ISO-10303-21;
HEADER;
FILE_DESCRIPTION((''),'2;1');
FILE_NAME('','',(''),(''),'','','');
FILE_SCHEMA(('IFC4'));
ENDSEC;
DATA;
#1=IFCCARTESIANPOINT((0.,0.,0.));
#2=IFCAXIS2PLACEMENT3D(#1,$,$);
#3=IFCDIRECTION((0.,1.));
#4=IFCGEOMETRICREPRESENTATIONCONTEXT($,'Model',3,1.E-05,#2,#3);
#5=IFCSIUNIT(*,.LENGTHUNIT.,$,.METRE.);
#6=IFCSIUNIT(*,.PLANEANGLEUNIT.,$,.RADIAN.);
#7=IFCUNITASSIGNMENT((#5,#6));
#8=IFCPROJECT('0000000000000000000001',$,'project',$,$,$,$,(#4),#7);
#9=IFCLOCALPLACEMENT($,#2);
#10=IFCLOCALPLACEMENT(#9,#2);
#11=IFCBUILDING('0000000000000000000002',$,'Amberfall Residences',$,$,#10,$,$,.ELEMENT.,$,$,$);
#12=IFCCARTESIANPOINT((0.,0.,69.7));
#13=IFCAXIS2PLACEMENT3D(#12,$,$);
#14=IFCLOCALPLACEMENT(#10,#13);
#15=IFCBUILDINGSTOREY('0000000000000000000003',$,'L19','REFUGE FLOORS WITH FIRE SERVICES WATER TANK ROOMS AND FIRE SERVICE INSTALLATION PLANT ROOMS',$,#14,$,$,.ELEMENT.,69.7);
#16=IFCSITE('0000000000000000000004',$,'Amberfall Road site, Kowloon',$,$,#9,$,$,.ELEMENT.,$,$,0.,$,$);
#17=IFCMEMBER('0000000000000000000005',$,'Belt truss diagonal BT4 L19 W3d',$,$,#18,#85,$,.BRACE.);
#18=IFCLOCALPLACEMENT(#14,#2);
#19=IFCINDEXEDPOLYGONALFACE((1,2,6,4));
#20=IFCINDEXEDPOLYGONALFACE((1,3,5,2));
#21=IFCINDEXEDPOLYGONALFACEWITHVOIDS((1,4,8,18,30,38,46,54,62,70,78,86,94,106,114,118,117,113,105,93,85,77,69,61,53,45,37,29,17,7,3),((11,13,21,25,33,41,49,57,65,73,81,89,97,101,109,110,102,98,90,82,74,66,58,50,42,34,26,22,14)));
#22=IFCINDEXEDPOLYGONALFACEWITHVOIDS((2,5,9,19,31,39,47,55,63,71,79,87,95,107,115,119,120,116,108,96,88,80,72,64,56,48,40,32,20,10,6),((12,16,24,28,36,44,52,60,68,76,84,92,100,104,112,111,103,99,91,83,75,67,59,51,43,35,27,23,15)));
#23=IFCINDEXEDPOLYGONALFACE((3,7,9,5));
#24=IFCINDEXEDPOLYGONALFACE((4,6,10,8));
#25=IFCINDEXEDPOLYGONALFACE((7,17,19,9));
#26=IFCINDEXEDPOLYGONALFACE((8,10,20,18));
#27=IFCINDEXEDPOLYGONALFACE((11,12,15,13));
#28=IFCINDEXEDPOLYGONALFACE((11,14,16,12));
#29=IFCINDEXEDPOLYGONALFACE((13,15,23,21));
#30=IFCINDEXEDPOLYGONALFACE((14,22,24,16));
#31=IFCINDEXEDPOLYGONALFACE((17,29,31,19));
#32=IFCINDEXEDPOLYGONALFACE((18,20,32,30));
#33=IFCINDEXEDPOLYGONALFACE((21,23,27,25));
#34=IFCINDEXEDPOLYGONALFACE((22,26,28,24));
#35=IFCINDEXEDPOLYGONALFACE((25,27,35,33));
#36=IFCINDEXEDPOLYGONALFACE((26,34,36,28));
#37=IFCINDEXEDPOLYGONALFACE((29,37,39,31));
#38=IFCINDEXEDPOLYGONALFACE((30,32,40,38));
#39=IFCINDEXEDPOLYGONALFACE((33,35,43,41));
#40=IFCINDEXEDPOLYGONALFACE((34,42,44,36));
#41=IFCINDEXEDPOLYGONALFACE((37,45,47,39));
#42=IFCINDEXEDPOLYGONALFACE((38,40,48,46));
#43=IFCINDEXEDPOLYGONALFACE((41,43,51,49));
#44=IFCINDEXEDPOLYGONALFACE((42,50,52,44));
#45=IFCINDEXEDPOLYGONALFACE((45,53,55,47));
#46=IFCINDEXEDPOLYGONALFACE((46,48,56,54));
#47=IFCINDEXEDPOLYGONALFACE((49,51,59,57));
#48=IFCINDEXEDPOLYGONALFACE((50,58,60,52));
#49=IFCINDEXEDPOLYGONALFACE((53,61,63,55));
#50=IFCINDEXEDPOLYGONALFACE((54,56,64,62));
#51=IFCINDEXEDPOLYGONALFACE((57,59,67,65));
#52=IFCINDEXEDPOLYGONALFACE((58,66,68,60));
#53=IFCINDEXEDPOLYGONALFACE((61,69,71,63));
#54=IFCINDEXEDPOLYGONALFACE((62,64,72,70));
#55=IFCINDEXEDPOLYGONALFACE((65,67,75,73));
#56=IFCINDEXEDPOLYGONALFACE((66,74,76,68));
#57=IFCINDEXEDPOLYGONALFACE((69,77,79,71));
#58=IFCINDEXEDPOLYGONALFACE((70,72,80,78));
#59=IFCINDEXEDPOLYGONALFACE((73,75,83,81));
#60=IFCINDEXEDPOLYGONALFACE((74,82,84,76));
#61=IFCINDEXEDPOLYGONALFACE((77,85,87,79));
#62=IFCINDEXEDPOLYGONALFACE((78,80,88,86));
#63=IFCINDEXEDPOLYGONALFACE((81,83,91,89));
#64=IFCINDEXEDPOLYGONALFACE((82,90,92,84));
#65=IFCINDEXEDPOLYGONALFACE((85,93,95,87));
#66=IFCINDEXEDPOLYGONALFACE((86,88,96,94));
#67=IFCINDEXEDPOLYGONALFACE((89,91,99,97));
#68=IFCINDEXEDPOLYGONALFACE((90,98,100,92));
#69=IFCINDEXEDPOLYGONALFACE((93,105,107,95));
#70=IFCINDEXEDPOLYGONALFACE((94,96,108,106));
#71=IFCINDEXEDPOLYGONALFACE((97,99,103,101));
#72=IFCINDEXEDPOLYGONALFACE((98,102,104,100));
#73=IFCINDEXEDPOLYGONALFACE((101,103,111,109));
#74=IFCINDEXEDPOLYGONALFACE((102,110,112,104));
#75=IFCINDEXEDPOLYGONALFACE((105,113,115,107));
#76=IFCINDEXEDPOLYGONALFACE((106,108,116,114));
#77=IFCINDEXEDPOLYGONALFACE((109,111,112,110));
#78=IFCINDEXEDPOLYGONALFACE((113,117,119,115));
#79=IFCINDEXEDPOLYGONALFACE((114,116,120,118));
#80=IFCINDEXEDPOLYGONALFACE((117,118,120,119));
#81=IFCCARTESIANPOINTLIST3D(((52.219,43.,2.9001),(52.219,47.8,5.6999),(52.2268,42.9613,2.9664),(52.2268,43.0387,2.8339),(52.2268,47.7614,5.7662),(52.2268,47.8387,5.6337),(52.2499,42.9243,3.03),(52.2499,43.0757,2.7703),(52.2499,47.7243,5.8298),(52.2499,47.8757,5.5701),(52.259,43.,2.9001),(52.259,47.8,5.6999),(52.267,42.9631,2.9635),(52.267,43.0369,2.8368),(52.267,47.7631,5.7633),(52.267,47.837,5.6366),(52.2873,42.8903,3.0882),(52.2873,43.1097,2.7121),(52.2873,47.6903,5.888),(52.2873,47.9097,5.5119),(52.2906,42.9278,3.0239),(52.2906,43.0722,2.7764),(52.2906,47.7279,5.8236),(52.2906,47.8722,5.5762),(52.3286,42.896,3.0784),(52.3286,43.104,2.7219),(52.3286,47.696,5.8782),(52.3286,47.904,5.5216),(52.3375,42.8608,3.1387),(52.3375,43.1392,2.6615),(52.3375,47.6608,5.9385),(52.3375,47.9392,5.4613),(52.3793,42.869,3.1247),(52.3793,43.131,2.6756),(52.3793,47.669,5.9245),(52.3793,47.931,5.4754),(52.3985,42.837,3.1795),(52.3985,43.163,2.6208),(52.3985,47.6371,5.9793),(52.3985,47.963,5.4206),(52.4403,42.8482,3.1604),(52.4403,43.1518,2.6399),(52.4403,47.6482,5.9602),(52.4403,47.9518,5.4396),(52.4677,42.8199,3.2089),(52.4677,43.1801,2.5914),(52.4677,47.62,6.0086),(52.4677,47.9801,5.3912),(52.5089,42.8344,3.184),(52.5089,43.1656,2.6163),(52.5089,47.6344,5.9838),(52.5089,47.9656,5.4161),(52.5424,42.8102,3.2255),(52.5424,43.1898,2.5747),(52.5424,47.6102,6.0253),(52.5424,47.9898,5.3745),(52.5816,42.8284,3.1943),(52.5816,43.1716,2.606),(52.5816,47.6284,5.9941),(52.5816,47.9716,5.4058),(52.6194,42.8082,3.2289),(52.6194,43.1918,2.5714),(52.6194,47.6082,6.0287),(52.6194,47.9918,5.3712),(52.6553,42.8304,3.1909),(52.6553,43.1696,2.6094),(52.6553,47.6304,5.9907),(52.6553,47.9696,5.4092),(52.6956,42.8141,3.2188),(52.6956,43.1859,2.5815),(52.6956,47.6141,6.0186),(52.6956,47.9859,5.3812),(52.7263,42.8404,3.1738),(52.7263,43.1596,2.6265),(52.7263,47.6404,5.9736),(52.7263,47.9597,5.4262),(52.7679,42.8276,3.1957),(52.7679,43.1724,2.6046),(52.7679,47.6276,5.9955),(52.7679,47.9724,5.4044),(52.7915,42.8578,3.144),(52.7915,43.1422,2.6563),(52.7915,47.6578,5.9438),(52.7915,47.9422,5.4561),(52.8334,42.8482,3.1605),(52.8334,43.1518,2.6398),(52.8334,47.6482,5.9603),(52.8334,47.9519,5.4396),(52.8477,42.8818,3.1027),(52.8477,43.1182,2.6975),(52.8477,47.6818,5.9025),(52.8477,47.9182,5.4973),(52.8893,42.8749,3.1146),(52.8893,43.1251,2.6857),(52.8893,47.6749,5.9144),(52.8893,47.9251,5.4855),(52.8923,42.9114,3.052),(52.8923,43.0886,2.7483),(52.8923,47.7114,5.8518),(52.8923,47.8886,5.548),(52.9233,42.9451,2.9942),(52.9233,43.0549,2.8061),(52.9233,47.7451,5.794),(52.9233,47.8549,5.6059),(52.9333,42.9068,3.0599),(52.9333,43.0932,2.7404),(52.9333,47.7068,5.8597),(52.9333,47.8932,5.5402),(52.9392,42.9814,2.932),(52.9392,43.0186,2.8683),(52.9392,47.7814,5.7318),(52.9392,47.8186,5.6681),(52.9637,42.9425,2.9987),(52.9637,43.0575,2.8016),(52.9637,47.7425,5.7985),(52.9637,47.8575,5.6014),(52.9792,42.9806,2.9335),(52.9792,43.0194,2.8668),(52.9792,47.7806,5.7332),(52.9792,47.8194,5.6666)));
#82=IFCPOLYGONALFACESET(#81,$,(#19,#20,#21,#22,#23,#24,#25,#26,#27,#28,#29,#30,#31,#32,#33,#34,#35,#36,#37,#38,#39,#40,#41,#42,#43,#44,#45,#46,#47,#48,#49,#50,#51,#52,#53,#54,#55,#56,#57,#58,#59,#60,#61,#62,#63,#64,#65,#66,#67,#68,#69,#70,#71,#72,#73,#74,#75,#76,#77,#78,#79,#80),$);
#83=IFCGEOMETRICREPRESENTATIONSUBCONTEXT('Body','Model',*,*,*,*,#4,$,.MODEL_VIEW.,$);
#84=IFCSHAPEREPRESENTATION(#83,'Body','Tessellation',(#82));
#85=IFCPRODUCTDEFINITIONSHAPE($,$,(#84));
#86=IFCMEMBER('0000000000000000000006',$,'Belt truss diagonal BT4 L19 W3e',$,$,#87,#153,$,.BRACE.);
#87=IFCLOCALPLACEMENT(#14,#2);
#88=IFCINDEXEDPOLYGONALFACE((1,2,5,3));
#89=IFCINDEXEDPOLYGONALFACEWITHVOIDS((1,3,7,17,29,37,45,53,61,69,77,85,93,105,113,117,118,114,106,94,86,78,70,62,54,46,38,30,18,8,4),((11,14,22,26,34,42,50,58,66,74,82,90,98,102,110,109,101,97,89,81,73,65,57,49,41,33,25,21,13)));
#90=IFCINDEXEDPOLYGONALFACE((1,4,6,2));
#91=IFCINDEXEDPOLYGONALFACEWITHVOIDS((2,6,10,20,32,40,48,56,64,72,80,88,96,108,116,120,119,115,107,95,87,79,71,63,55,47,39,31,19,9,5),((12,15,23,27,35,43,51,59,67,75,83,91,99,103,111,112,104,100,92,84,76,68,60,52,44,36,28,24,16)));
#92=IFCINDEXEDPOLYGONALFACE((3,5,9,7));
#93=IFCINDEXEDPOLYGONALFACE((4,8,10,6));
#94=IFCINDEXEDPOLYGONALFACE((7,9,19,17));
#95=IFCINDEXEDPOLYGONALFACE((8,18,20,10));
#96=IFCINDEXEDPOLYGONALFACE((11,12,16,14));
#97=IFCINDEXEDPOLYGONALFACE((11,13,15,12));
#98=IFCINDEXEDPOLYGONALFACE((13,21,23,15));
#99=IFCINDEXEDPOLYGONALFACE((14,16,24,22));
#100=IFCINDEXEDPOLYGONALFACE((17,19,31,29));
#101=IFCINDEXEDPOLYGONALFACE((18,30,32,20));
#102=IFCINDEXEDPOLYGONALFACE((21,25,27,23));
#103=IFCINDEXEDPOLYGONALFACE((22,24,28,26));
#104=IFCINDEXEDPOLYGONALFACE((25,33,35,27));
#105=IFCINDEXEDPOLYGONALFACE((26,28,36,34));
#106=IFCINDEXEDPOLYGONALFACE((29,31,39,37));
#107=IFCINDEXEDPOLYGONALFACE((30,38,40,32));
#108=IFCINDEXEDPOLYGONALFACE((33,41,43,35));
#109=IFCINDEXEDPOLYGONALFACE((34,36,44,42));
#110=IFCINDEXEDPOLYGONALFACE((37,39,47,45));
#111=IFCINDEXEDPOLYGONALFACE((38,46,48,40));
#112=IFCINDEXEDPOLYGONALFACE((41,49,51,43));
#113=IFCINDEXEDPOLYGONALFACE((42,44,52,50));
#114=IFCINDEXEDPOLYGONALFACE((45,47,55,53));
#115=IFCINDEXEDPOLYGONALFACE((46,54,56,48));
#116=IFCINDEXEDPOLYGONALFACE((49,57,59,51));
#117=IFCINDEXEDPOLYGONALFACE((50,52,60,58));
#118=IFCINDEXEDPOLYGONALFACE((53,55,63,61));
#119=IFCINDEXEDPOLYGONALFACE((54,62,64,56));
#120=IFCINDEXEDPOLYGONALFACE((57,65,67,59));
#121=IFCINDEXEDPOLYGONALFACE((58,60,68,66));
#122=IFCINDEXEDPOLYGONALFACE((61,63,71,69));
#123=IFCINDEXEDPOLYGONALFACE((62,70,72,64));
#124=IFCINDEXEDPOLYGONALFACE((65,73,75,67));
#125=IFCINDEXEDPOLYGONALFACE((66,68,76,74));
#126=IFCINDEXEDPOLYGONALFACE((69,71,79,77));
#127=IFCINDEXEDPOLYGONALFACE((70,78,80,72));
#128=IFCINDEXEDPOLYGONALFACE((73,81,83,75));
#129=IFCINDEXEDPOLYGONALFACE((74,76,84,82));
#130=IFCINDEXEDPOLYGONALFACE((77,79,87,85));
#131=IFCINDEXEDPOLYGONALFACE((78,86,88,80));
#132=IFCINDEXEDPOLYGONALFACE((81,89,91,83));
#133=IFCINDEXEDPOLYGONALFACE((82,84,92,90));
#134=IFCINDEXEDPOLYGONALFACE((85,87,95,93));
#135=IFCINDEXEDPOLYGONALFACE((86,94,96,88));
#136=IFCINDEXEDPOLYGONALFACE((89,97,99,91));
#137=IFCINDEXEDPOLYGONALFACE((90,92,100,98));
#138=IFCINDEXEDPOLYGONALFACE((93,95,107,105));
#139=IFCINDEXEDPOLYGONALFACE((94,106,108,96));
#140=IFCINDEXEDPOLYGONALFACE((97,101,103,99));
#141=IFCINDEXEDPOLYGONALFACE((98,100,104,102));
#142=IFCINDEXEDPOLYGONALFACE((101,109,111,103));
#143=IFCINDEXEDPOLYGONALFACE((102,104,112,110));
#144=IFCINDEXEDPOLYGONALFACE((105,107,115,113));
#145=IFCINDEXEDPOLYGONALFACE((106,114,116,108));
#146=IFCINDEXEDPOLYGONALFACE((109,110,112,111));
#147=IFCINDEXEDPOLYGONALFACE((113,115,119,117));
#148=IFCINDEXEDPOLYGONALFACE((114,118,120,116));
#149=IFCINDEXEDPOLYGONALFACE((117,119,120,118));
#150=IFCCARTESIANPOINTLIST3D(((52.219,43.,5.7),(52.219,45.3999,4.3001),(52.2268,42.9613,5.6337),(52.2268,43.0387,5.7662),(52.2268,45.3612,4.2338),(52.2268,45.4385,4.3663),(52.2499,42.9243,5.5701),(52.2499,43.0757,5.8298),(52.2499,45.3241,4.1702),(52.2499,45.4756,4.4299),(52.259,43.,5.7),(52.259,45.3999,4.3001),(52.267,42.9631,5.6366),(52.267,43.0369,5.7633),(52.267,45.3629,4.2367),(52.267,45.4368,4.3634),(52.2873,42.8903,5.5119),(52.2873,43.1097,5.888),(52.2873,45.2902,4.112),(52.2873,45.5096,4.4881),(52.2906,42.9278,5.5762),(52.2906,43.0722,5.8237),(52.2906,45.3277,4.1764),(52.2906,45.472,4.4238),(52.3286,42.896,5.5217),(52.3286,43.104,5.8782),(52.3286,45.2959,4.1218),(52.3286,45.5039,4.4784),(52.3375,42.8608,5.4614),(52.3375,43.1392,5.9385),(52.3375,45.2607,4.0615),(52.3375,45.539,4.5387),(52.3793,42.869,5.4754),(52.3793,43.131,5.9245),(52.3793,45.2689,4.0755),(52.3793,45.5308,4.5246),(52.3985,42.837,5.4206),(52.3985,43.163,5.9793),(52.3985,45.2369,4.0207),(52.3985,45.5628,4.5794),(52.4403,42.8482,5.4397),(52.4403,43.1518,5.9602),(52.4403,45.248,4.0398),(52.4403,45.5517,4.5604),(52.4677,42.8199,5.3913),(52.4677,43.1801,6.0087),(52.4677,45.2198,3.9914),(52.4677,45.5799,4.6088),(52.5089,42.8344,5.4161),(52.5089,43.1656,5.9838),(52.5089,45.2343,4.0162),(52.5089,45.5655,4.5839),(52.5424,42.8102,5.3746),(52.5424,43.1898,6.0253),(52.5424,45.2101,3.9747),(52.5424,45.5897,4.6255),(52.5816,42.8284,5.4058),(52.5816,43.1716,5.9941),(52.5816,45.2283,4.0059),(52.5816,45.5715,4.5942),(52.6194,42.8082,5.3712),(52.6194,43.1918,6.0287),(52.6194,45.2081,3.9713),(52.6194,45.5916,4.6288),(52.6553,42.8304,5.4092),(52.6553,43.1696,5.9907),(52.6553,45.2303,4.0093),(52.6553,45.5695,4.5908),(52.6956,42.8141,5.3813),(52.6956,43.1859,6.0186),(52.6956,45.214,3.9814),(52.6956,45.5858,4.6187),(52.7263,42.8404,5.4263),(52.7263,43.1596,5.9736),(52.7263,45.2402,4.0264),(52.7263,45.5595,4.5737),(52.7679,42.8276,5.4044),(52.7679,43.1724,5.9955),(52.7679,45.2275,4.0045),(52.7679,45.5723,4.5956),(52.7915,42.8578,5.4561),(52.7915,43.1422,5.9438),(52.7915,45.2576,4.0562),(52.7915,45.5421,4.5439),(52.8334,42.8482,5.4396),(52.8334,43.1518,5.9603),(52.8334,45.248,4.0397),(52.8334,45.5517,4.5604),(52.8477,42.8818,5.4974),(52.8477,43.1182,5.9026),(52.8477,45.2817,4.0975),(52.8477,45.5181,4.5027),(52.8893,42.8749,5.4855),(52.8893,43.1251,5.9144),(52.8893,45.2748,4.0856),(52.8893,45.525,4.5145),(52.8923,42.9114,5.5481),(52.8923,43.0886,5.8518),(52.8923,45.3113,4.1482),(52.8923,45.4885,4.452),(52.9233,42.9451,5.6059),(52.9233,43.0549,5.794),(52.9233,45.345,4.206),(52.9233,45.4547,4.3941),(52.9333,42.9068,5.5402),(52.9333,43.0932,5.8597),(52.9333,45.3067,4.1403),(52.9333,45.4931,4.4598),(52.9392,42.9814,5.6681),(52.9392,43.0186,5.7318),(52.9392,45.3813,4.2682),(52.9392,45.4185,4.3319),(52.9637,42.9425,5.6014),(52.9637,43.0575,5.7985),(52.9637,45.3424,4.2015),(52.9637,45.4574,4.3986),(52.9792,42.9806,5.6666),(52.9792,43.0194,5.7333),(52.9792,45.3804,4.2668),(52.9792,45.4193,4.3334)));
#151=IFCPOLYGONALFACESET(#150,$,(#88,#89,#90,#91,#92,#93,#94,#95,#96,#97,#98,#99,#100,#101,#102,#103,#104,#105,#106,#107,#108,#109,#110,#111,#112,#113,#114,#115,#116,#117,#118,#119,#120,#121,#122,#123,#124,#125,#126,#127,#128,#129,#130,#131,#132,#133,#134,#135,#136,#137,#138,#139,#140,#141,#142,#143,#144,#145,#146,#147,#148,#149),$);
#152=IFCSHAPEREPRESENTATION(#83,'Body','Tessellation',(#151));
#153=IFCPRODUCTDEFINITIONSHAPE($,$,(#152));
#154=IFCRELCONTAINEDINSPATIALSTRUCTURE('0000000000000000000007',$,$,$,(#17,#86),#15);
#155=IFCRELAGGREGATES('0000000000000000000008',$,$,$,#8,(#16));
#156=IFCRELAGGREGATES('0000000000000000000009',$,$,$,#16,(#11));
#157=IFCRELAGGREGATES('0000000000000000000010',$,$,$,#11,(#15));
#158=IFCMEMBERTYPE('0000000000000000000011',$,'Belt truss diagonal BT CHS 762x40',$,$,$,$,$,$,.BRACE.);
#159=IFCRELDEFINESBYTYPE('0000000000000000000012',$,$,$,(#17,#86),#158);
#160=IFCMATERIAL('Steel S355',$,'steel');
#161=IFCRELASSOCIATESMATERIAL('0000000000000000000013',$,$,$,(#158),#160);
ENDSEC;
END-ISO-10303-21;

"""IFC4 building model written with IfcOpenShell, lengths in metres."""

from ifc_helpers import new_model, si_unit, direction, frame, origin, origin_2d, place, context, subcontext, project, spatial, hollow_circle, extrude, material, material_profile, profile_set, type_object, element, save


model = new_model("IFC4")

# Units and contexts
model_context = context("Model", 3, precision=1e-05, world=origin(), true_north=direction((0.0, 1.0)))
body_context = subcontext(model_context, "Body", "Model", "MODEL_VIEW")
ifc_project = project(units=[si_unit("LENGTHUNIT", "METRE"), si_unit("PLANEANGLEUNIT", "RADIAN")], contexts=[model_context])

# Site, building, storey
site_placement = place(None, origin())
site = spatial("IfcSite", under=ifc_project, at=site_placement, Name="Amberfall Road site, Kowloon", CompositionType="ELEMENT", RefElevation=0.0)
building_placement = place(site_placement, origin())
building = spatial("IfcBuilding", under=site, at=building_placement, Name="Amberfall Residences", CompositionType="ELEMENT")
storey_placement = place(building_placement, frame((0.0, 0.0, 69.7)))
storey = spatial("IfcBuildingStorey", under=building, at=storey_placement, Name="L19", Description="REFUGE FLOORS WITH FIRE SERVICES WATER TANK ROOMS AND FIRE SERVICE INSTALLATION PLANT ROOMS", CompositionType="ELEMENT", Elevation=69.7)

# Shared definitions
ifc_material_1 = material(Name="Steel S355", Category="steel")

# Members
ifc_material_profile_1 = material_profile(ifc_material_1, hollow_circle(Radius=0.3811, WallThickness=0.04, at=origin_2d()), Name="CHS 762x40")
ifc_profile_set_1 = profile_set([ifc_material_profile_1], Name="Steel S355")
member_type_1 = type_object("IfcMemberType", Name="Belt truss diagonal BT CHS 762x40", PredefinedType="BRACE", material=ifc_profile_set_1)
member_1_placement = place(storey_placement, frame((52.6001, 43.0, 2.9001), z_axis=(0.0, 0.863796, 0.503841), x_axis=(-1.0, 0.0, 0.0)))
element("IfcMember", 1, at=member_1_placement, inside=storey, type_object=member_type_1, Name="Belt truss diagonal BT4 L19 W3d", PredefinedType="BRACE", context=body_context, shape_type="SweptSolid", body=[
    extrude(hollow_circle(Radius=0.3811, WallThickness=0.04, at=origin_2d()), origin(), (0.0, 0.0, 1.0), 5.5569),
])
member_2_placement = place(storey_placement, frame((52.6001, 43.0, 5.7), z_axis=(0.0, 0.863785, -0.50386), x_axis=(-1.0, 0.0, 0.0)))
element("IfcMember", 2, at=member_2_placement, inside=storey, type_object=member_type_1, Name="Belt truss diagonal BT4 L19 W3e", PredefinedType="BRACE", context=body_context, shape_type="SweptSolid", body=[
    extrude(hollow_circle(Radius=0.3811, WallThickness=0.04, at=origin_2d()), origin(), (0.0, 0.0, 1.0), 2.7783),
])

save(model, "model.ifc")
